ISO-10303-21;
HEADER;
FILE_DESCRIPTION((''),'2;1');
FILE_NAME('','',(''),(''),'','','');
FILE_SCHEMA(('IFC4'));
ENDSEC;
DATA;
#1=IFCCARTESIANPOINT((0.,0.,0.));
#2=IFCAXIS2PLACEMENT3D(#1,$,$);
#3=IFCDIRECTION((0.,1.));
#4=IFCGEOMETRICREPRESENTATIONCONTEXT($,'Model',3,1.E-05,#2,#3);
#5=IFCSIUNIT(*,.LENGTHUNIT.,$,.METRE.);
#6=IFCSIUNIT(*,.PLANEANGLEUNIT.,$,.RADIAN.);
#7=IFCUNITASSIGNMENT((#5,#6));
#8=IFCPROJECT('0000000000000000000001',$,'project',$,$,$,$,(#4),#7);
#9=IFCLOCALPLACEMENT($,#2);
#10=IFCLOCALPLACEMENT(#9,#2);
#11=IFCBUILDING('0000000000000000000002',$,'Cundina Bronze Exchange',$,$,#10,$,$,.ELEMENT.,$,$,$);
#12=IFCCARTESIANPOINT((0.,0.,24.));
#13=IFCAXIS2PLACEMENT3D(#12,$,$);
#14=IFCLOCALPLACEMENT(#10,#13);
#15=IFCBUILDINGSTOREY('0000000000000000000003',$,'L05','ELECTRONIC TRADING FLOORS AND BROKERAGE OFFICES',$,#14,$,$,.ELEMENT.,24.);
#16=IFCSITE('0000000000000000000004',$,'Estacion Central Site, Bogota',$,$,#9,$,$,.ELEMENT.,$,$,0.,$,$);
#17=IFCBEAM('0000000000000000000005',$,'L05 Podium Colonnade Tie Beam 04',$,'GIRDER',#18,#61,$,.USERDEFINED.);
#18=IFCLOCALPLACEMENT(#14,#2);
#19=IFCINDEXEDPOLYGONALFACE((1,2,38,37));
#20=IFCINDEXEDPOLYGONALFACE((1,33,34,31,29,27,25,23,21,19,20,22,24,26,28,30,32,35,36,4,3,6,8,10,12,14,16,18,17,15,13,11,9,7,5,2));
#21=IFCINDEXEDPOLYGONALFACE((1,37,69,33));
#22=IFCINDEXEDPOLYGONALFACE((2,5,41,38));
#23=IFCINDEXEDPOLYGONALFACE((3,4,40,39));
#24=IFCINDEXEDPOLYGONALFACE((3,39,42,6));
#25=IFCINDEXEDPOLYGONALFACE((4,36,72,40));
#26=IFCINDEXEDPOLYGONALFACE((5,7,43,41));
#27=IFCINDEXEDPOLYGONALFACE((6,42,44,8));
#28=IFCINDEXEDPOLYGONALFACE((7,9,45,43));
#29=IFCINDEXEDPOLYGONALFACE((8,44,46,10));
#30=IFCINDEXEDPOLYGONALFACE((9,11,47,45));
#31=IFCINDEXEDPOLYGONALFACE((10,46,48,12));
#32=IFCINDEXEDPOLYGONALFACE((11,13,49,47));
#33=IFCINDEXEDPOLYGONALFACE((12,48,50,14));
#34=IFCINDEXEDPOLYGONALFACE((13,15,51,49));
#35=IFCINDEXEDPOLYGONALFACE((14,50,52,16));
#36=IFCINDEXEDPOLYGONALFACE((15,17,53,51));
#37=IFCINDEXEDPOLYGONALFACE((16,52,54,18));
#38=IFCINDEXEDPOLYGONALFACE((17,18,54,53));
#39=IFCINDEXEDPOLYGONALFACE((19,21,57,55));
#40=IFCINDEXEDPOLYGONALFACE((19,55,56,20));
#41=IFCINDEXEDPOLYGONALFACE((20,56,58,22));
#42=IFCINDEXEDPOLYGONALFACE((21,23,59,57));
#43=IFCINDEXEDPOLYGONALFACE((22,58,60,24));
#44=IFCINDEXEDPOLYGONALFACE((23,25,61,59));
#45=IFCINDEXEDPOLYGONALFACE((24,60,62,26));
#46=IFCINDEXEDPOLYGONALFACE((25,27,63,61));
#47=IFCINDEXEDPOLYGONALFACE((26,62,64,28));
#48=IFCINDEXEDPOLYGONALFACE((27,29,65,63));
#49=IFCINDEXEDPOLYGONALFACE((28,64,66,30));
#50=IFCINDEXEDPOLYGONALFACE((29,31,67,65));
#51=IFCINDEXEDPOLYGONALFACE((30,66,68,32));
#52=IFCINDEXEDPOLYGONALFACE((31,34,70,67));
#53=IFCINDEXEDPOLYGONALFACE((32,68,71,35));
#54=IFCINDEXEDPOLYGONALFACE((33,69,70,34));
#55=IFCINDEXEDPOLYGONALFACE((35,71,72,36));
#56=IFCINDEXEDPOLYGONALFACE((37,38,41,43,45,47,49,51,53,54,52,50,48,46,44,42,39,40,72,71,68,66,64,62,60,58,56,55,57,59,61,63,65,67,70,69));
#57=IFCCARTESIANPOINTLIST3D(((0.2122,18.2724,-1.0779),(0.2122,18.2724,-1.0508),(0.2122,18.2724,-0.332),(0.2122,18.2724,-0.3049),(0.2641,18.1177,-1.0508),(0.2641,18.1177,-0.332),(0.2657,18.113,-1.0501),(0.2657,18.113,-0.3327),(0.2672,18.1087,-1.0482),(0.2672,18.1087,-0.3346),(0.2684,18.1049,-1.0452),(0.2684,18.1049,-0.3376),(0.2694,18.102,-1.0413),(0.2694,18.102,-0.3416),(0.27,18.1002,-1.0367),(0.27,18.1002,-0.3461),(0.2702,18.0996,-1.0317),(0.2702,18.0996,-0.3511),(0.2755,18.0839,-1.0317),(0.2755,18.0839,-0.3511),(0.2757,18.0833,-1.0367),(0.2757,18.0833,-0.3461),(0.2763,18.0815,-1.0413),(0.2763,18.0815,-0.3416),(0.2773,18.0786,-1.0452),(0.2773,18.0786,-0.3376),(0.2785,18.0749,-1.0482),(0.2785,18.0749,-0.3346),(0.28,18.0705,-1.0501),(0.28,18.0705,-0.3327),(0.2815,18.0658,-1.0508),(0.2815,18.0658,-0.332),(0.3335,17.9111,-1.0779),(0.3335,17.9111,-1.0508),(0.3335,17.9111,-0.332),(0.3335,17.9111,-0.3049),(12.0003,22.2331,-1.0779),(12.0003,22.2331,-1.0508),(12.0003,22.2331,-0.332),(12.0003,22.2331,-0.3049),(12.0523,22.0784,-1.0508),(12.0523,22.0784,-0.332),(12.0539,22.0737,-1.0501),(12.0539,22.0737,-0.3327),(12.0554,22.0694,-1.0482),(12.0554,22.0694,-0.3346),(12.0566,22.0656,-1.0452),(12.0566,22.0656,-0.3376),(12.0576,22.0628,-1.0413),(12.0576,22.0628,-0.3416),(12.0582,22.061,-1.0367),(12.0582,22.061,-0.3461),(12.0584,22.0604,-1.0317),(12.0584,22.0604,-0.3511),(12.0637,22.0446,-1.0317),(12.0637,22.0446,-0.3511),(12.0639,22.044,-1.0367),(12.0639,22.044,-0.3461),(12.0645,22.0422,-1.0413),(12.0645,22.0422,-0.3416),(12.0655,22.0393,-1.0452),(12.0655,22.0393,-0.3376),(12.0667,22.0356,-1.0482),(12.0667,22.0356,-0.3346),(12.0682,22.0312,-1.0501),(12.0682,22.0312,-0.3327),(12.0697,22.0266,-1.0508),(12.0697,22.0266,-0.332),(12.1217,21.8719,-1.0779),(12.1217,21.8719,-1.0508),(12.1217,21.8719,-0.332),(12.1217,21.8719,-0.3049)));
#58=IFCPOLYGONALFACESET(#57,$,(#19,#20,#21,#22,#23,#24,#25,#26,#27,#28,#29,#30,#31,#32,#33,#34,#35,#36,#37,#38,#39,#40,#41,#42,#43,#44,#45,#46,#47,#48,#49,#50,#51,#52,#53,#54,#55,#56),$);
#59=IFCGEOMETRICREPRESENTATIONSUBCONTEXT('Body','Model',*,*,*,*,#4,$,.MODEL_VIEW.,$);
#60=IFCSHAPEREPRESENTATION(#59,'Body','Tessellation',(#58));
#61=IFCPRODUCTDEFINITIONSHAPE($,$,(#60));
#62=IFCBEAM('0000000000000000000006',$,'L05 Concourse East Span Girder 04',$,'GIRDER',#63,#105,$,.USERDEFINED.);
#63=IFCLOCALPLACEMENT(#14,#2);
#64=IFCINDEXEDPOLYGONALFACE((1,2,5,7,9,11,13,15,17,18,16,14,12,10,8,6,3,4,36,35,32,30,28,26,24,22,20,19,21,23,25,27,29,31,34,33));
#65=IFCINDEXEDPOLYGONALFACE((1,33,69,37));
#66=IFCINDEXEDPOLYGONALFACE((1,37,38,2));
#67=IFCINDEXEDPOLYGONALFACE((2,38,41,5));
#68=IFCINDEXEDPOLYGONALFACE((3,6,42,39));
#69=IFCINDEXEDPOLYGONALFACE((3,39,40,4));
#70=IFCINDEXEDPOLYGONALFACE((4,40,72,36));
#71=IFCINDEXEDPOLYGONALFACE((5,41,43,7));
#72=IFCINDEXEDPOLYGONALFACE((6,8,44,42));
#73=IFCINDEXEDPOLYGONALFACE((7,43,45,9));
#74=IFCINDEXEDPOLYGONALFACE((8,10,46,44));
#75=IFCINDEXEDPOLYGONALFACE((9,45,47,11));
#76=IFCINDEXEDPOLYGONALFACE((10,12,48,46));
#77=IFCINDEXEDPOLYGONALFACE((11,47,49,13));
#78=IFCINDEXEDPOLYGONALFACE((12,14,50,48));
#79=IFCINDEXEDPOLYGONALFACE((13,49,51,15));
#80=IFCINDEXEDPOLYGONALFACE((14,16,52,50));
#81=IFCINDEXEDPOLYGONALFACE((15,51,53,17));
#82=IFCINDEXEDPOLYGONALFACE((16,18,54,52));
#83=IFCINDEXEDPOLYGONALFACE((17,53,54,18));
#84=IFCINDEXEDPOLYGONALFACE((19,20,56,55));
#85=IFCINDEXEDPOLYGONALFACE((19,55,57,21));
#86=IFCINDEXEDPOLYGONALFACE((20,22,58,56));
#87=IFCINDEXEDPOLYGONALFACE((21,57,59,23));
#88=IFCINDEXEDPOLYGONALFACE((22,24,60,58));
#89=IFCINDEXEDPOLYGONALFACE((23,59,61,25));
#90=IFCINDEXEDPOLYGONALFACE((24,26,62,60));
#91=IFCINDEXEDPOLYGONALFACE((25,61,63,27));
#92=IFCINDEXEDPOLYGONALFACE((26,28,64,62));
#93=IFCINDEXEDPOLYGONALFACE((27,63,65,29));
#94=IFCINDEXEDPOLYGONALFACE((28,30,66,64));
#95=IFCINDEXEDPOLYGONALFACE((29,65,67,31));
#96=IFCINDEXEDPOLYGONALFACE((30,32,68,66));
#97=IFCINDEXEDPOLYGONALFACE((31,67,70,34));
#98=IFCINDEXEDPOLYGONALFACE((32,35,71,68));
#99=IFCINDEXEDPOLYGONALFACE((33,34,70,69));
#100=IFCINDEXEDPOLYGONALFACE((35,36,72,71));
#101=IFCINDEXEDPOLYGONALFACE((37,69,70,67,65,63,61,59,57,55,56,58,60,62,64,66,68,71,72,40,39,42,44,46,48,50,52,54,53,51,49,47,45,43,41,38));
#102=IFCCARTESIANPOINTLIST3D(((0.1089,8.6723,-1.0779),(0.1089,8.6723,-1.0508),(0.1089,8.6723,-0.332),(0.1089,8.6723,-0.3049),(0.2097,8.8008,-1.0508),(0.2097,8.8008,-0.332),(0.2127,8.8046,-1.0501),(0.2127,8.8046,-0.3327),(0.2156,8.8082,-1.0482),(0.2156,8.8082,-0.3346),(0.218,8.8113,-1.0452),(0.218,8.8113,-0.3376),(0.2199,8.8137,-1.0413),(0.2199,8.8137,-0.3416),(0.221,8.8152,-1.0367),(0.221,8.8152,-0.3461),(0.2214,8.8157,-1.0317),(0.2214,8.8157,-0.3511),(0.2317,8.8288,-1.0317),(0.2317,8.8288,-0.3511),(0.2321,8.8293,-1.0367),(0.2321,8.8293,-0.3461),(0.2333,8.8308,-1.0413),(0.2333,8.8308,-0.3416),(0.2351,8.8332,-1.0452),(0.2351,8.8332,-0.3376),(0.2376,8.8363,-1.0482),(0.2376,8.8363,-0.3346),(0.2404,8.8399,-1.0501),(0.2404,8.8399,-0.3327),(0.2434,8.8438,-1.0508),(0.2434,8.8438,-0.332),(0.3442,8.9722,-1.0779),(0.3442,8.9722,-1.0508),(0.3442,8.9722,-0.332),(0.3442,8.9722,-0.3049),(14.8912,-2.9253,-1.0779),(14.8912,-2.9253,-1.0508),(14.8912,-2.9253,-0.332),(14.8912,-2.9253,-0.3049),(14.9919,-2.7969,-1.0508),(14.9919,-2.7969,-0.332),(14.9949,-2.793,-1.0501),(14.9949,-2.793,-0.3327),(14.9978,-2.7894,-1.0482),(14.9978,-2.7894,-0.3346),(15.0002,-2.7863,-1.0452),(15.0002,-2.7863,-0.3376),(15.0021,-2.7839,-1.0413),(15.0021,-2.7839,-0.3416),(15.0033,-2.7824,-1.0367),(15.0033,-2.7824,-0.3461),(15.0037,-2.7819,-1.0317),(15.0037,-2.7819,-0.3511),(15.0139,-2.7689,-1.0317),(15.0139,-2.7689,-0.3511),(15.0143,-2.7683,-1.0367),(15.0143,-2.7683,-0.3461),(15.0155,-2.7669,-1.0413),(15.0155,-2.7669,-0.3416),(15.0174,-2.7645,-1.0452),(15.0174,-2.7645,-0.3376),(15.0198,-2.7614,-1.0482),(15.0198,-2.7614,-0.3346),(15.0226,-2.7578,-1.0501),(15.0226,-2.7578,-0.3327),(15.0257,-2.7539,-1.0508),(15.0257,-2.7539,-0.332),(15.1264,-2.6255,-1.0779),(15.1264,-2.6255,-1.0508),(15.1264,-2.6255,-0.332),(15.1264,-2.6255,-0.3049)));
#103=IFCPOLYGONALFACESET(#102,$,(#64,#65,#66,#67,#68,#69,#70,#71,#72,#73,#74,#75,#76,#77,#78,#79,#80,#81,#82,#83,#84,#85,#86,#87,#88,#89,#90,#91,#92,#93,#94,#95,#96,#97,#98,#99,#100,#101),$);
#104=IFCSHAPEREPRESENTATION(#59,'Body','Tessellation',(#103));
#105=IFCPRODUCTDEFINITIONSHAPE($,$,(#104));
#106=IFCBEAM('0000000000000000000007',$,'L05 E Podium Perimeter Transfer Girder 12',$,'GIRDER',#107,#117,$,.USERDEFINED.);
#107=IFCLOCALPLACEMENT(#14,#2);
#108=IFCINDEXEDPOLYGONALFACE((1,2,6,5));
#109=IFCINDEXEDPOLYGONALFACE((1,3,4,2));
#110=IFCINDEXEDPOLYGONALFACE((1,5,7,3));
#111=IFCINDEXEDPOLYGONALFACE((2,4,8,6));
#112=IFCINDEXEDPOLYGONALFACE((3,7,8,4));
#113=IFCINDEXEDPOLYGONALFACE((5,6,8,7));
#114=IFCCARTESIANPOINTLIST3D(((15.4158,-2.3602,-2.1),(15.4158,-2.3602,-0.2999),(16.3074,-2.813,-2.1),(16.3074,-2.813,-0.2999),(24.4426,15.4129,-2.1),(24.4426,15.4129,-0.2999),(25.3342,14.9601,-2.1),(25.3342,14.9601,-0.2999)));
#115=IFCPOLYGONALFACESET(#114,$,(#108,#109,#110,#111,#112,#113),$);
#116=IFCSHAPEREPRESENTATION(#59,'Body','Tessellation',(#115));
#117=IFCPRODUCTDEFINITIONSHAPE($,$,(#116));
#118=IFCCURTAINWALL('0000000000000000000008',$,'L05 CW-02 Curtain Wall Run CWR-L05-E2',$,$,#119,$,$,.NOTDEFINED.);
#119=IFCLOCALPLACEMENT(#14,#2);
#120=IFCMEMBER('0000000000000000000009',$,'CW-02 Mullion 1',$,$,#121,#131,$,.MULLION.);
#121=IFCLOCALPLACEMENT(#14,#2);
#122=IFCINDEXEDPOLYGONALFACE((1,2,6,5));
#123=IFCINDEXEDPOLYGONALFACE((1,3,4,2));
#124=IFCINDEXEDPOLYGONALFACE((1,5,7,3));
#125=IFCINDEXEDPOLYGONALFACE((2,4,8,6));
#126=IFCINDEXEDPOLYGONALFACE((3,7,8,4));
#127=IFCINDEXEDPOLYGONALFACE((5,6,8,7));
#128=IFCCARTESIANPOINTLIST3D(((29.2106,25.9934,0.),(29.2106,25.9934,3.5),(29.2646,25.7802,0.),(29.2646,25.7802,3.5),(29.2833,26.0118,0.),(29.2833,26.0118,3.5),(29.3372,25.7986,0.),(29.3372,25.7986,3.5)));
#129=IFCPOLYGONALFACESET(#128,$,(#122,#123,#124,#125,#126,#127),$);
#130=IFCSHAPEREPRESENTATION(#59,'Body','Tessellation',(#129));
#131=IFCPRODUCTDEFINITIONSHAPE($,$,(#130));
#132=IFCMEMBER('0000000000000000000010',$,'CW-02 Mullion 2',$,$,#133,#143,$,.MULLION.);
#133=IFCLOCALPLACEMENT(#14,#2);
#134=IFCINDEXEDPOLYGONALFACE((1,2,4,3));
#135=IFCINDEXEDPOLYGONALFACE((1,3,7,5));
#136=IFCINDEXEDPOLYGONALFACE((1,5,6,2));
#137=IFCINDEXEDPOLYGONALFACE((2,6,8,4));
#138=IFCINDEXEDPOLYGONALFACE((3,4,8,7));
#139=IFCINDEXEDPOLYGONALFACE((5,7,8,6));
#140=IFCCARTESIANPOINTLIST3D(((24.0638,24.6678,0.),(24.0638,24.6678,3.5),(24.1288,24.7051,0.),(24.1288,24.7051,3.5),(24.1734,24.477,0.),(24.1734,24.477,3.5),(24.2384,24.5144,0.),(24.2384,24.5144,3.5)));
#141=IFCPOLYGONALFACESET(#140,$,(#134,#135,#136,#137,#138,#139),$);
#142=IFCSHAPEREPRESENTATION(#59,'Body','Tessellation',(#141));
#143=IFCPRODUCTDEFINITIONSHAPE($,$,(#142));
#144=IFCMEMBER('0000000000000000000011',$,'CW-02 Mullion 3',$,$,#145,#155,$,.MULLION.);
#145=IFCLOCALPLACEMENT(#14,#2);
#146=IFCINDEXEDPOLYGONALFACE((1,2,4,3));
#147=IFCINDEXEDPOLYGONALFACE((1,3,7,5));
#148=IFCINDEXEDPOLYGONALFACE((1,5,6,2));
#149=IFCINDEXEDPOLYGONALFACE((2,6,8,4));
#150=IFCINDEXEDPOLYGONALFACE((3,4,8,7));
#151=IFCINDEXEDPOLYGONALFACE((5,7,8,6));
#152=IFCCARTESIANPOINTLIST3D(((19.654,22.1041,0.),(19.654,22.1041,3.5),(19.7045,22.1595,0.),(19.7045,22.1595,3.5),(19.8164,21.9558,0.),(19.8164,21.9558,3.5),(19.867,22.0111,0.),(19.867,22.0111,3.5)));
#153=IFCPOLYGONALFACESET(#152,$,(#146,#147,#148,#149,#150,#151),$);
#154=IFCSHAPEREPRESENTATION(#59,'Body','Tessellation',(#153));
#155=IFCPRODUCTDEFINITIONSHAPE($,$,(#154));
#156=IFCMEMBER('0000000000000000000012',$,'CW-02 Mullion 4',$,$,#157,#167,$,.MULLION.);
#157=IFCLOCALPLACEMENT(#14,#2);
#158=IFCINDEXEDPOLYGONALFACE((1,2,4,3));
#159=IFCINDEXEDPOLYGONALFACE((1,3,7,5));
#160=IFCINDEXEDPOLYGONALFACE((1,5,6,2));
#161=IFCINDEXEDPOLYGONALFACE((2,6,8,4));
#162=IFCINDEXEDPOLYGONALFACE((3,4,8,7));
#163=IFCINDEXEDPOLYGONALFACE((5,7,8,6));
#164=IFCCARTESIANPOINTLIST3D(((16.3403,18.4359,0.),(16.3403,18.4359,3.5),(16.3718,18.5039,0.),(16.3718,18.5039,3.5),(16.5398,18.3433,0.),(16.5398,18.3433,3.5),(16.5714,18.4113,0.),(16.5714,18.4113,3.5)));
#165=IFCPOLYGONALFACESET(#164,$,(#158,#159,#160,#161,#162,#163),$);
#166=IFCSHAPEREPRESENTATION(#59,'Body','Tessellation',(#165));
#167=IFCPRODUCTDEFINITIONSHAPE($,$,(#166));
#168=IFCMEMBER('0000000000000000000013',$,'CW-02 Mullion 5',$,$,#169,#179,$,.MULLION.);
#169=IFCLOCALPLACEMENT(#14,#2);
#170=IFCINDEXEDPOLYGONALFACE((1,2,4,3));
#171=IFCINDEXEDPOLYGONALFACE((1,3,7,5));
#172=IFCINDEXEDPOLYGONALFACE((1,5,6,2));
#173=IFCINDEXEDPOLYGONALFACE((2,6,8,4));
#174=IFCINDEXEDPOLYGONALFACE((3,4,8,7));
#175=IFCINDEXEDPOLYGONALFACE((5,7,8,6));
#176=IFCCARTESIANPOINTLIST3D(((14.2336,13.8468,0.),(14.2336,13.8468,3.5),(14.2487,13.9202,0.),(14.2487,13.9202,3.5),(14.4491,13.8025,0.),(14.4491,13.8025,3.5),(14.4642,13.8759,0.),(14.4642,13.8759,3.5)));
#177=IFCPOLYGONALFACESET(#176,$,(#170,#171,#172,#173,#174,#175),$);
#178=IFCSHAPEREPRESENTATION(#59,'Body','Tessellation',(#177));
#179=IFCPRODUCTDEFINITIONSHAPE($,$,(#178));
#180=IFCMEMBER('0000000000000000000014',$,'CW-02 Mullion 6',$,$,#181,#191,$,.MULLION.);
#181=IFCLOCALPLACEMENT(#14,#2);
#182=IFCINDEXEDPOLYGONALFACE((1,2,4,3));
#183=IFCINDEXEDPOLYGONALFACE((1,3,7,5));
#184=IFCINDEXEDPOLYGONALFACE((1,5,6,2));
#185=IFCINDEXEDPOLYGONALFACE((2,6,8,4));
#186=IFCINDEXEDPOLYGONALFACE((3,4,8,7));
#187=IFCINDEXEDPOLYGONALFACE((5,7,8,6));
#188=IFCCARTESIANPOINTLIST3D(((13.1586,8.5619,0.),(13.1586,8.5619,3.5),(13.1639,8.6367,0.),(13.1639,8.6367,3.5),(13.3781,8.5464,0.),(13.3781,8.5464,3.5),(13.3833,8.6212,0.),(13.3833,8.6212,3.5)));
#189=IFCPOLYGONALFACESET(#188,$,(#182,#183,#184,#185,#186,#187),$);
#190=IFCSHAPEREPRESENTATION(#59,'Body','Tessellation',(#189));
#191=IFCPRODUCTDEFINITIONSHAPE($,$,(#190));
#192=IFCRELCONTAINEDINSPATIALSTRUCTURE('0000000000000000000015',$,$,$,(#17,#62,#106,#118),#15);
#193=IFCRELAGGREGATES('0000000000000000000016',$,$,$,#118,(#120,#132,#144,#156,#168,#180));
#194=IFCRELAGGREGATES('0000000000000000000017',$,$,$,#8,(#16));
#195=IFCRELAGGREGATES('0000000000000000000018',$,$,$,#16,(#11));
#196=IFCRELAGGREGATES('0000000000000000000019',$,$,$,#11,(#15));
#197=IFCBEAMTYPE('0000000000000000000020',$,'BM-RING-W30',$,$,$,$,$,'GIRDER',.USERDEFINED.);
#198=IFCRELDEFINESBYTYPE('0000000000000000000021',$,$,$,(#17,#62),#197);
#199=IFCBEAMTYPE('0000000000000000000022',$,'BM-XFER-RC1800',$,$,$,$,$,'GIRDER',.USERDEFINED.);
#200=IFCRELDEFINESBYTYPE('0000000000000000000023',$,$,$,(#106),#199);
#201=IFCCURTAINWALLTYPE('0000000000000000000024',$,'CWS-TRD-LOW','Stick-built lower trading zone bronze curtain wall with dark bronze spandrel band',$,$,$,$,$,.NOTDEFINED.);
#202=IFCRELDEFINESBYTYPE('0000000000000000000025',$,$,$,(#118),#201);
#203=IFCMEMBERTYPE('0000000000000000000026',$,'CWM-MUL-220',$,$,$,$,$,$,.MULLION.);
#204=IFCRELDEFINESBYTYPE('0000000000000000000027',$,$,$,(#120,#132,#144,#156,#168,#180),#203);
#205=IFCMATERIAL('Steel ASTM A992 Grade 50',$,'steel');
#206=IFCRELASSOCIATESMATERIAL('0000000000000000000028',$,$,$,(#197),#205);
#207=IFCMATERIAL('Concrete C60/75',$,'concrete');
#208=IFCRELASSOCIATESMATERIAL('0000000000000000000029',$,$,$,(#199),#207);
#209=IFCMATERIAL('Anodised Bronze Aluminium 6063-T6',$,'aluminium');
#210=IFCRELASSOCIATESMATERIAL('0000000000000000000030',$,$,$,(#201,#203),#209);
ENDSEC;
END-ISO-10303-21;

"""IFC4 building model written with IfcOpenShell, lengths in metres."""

from ifc_helpers import new_model, si_unit, direction, frame, origin, origin_2d, place, context, subcontext, project, spatial, rectangle, i_section, extrude, material, material_profile, profile_set, type_object, element, aggregate, save


model = new_model("IFC4")

# Units and contexts
model_context = context("Model", 3, precision=1e-05, world=origin(), true_north=direction((0.0, 1.0)))
body_context = subcontext(model_context, "Body", "Model", "MODEL_VIEW")
ifc_project = project(units=[si_unit("LENGTHUNIT", "METRE"), si_unit("PLANEANGLEUNIT", "RADIAN")], contexts=[model_context])

# Site, building, storey
site_placement = place(None, origin())
site = spatial("IfcSite", under=ifc_project, at=site_placement, Name="Estacion Central Site, Bogota", CompositionType="ELEMENT", RefElevation=0.0)
building_placement = place(site_placement, origin())
building = spatial("IfcBuilding", under=site, at=building_placement, Name="Cundina Bronze Exchange", CompositionType="ELEMENT")
storey_placement = place(building_placement, frame((0.0, 0.0, 24.0)))
storey = spatial("IfcBuildingStorey", under=building, at=storey_placement, Name="L05", Description="ELECTRONIC TRADING FLOORS AND BROKERAGE OFFICES", CompositionType="ELEMENT", Elevation=24.0)

# Shared definitions
ifc_material_1 = material(Name="Concrete C60/75", Category="concrete")

# Beams
ifc_material_2 = material(Name="Steel ASTM A992 Grade 50", Category="steel")
ifc_material_profile_1 = material_profile(ifc_material_2, i_section(OverallWidth=0.3811, OverallDepth=0.7729, WebThickness=0.0166, FlangeThickness=0.0271, FilletRadius=0.019, at=origin_2d()), Name="W30X173", Category="steel")
ifc_profile_set_1 = profile_set([ifc_material_profile_1], Name="Steel ASTM A992 Grade 50")
beam_type_1 = type_object("IfcBeamType", Name="BM-RING-W30", ElementType="GIRDER", PredefinedType="USERDEFINED", material=ifc_profile_set_1)
beam_1_placement = place(storey_placement, frame((12.061, 22.0525, -0.6914), z_axis=(-0.947925, -0.318494, 0.0), x_axis=(0.318494, -0.947925, 0.0)))
element("IfcBeam", 1, at=beam_1_placement, inside=storey, type_object=beam_type_1, Name="L05 Podium Colonnade Tie Beam 04", ObjectType="GIRDER", PredefinedType="USERDEFINED", context=body_context, shape_type="SweptSolid", body=[
    extrude(i_section(OverallWidth=0.3811, OverallDepth=0.7729, WebThickness=0.0166, FlangeThickness=0.0271, FilletRadius=0.019, at=origin_2d()), origin(), (0.0, 0.0, 1.0), 12.4358),
])
beam_2_placement = place(storey_placement, frame((0.2266, 8.8223, -0.6914), z_axis=(0.786756, -0.617264, 0.0), x_axis=(0.617264, 0.786756, 0.0)))
element("IfcBeam", 2, at=beam_2_placement, inside=storey, type_object=beam_type_1, Name="L05 Concourse East Span Girder 04", ObjectType="GIRDER", PredefinedType="USERDEFINED", context=body_context, shape_type="SweptSolid", body=[
    extrude(i_section(OverallWidth=0.3811, OverallDepth=0.7729, WebThickness=0.0166, FlangeThickness=0.0271, FilletRadius=0.019, at=origin_2d()), origin(), (0.0, 0.0, 1.0), 18.7888),
])
ifc_material_profile_2 = material_profile(ifc_material_1, rectangle(XDim=1.0, YDim=1.8, at=origin_2d()), Name="RC1000X1800", Category="concrete")
ifc_profile_set_2 = profile_set([ifc_material_profile_2], Name="Concrete C60/75")
beam_type_2 = type_object("IfcBeamType", Name="BM-XFER-RC1800", ElementType="GIRDER", PredefinedType="USERDEFINED", material=ifc_profile_set_2)
beam_3_placement = place(storey_placement, frame((24.8884, 15.1865, -1.2), z_axis=(-0.452834, -0.891595, 0.0), x_axis=(0.891595, -0.452834, 0.0)))
element("IfcBeam", 3, at=beam_3_placement, inside=storey, type_object=beam_type_2, Name="L05 E Podium Perimeter Transfer Girder 12", ObjectType="GIRDER", PredefinedType="USERDEFINED", context=body_context, shape_type="SweptSolid", body=[
    extrude(rectangle(XDim=1.0, YDim=1.8, at=origin_2d()), origin(), (0.0, 0.0, 1.0), 19.9341),
])

# Curtain wall, members
ifc_material_3 = material(Name="Anodised Bronze Aluminium 6063-T6", Category="aluminium")
curtain_wall_type = type_object("IfcCurtainWallType", Name="CWS-TRD-LOW", Description="Stick-built lower trading zone bronze curtain wall with dark bronze spandrel band", PredefinedType="NOTDEFINED", material=ifc_material_3)
curtain_wall_placement = place(storey_placement, origin())
curtain_wall = element("IfcCurtainWall", 4, at=curtain_wall_placement, inside=storey, type_object=curtain_wall_type, Name="L05 CW-02 Curtain Wall Run CWR-L05-E2", PredefinedType="NOTDEFINED")
ifc_material_profile_3 = material_profile(ifc_material_3, rectangle(XDim=0.075, YDim=0.22, at=origin_2d()), Name="AL75X220", Category="aluminium")
ifc_profile_set_3 = profile_set([ifc_material_profile_3], Name="Anodised Bronze Aluminium 6063-T6")
member_type_1 = type_object("IfcMemberType", Name="CWM-MUL-220", PredefinedType="MULLION", material=ifc_profile_set_3)
member_1_placement = place(storey_placement, frame((29.2739, 25.896, 0.0), z_axis=(0.0, 0.0, 1.0), x_axis=(-0.969488, -0.245138, 0.0)))
member_1 = element("IfcMember", 5, at=member_1_placement, type_object=member_type_1, Name="CW-02 Mullion 1", PredefinedType="MULLION", context=body_context, shape_type="SweptSolid", body=[
    extrude(rectangle(XDim=0.075, YDim=0.22, at=origin_2d()), origin(), (0.0, 0.0, 1.0), 3.5),
])
member_2_placement = place(storey_placement, frame((24.1511, 24.5911, 0.0), z_axis=(0.0, 0.0, 1.0), x_axis=(-0.867071, -0.498185, 0.0)))
member_2 = element("IfcMember", 6, at=member_2_placement, type_object=member_type_1, Name="CW-02 Mullion 2", PredefinedType="MULLION", context=body_context, shape_type="SweptSolid", body=[
    extrude(rectangle(XDim=0.075, YDim=0.22, at=origin_2d()), origin(), (0.0, 0.0, 1.0), 3.5),
])
member_3_placement = place(storey_placement, frame((19.7605, 22.0576, 0.0), z_axis=(0.0, 0.0, 1.0), x_axis=(-0.674302, -0.738455, 0.0)))
member_3 = element("IfcMember", 7, at=member_3_placement, type_object=member_type_1, Name="CW-02 Mullion 3", PredefinedType="MULLION", context=body_context, shape_type="SweptSolid", body=[
    extrude(rectangle(XDim=0.075, YDim=0.22, at=origin_2d()), origin(), (0.0, 0.0, 1.0), 3.5),
])
member_4_placement = place(storey_placement, frame((16.4558, 18.4236, 0.0), z_axis=(0.0, 0.0, 1.0), x_axis=(-0.420877, -0.907117, 0.0)))
member_4 = element("IfcMember", 8, at=member_4_placement, type_object=member_type_1, Name="CW-02 Mullion 4", PredefinedType="MULLION", context=body_context, shape_type="SweptSolid", body=[
    extrude(rectangle(XDim=0.075, YDim=0.22, at=origin_2d()), origin(), (0.0, 0.0, 1.0), 3.5),
])
member_5_placement = place(storey_placement, frame((14.3489, 13.8613, 0.0), z_axis=(0.0, 0.0, 1.0), x_axis=(-0.20142, -0.979505, 0.0)))
member_5 = element("IfcMember", 9, at=member_5_placement, type_object=member_type_1, Name="CW-02 Mullion 5", PredefinedType="MULLION", context=body_context, shape_type="SweptSolid", body=[
    extrude(rectangle(XDim=0.075, YDim=0.22, at=origin_2d()), origin(), (0.0, 0.0, 1.0), 3.5),
])
member_6_placement = place(storey_placement, frame((13.271, 8.5916, 0.0), z_axis=(0.0, 0.0, 1.0), x_axis=(-0.070279, -0.997527, 0.0)))
member_6 = element("IfcMember", 10, at=member_6_placement, type_object=member_type_1, Name="CW-02 Mullion 6", PredefinedType="MULLION", context=body_context, shape_type="SweptSolid", body=[
    extrude(rectangle(XDim=0.075, YDim=0.22, at=origin_2d()), origin(), (0.0, 0.0, 1.0), 3.5),
])
aggregate(curtain_wall, [member_1, member_2, member_3, member_4, member_5, member_6])

save(model, "model.ifc")
